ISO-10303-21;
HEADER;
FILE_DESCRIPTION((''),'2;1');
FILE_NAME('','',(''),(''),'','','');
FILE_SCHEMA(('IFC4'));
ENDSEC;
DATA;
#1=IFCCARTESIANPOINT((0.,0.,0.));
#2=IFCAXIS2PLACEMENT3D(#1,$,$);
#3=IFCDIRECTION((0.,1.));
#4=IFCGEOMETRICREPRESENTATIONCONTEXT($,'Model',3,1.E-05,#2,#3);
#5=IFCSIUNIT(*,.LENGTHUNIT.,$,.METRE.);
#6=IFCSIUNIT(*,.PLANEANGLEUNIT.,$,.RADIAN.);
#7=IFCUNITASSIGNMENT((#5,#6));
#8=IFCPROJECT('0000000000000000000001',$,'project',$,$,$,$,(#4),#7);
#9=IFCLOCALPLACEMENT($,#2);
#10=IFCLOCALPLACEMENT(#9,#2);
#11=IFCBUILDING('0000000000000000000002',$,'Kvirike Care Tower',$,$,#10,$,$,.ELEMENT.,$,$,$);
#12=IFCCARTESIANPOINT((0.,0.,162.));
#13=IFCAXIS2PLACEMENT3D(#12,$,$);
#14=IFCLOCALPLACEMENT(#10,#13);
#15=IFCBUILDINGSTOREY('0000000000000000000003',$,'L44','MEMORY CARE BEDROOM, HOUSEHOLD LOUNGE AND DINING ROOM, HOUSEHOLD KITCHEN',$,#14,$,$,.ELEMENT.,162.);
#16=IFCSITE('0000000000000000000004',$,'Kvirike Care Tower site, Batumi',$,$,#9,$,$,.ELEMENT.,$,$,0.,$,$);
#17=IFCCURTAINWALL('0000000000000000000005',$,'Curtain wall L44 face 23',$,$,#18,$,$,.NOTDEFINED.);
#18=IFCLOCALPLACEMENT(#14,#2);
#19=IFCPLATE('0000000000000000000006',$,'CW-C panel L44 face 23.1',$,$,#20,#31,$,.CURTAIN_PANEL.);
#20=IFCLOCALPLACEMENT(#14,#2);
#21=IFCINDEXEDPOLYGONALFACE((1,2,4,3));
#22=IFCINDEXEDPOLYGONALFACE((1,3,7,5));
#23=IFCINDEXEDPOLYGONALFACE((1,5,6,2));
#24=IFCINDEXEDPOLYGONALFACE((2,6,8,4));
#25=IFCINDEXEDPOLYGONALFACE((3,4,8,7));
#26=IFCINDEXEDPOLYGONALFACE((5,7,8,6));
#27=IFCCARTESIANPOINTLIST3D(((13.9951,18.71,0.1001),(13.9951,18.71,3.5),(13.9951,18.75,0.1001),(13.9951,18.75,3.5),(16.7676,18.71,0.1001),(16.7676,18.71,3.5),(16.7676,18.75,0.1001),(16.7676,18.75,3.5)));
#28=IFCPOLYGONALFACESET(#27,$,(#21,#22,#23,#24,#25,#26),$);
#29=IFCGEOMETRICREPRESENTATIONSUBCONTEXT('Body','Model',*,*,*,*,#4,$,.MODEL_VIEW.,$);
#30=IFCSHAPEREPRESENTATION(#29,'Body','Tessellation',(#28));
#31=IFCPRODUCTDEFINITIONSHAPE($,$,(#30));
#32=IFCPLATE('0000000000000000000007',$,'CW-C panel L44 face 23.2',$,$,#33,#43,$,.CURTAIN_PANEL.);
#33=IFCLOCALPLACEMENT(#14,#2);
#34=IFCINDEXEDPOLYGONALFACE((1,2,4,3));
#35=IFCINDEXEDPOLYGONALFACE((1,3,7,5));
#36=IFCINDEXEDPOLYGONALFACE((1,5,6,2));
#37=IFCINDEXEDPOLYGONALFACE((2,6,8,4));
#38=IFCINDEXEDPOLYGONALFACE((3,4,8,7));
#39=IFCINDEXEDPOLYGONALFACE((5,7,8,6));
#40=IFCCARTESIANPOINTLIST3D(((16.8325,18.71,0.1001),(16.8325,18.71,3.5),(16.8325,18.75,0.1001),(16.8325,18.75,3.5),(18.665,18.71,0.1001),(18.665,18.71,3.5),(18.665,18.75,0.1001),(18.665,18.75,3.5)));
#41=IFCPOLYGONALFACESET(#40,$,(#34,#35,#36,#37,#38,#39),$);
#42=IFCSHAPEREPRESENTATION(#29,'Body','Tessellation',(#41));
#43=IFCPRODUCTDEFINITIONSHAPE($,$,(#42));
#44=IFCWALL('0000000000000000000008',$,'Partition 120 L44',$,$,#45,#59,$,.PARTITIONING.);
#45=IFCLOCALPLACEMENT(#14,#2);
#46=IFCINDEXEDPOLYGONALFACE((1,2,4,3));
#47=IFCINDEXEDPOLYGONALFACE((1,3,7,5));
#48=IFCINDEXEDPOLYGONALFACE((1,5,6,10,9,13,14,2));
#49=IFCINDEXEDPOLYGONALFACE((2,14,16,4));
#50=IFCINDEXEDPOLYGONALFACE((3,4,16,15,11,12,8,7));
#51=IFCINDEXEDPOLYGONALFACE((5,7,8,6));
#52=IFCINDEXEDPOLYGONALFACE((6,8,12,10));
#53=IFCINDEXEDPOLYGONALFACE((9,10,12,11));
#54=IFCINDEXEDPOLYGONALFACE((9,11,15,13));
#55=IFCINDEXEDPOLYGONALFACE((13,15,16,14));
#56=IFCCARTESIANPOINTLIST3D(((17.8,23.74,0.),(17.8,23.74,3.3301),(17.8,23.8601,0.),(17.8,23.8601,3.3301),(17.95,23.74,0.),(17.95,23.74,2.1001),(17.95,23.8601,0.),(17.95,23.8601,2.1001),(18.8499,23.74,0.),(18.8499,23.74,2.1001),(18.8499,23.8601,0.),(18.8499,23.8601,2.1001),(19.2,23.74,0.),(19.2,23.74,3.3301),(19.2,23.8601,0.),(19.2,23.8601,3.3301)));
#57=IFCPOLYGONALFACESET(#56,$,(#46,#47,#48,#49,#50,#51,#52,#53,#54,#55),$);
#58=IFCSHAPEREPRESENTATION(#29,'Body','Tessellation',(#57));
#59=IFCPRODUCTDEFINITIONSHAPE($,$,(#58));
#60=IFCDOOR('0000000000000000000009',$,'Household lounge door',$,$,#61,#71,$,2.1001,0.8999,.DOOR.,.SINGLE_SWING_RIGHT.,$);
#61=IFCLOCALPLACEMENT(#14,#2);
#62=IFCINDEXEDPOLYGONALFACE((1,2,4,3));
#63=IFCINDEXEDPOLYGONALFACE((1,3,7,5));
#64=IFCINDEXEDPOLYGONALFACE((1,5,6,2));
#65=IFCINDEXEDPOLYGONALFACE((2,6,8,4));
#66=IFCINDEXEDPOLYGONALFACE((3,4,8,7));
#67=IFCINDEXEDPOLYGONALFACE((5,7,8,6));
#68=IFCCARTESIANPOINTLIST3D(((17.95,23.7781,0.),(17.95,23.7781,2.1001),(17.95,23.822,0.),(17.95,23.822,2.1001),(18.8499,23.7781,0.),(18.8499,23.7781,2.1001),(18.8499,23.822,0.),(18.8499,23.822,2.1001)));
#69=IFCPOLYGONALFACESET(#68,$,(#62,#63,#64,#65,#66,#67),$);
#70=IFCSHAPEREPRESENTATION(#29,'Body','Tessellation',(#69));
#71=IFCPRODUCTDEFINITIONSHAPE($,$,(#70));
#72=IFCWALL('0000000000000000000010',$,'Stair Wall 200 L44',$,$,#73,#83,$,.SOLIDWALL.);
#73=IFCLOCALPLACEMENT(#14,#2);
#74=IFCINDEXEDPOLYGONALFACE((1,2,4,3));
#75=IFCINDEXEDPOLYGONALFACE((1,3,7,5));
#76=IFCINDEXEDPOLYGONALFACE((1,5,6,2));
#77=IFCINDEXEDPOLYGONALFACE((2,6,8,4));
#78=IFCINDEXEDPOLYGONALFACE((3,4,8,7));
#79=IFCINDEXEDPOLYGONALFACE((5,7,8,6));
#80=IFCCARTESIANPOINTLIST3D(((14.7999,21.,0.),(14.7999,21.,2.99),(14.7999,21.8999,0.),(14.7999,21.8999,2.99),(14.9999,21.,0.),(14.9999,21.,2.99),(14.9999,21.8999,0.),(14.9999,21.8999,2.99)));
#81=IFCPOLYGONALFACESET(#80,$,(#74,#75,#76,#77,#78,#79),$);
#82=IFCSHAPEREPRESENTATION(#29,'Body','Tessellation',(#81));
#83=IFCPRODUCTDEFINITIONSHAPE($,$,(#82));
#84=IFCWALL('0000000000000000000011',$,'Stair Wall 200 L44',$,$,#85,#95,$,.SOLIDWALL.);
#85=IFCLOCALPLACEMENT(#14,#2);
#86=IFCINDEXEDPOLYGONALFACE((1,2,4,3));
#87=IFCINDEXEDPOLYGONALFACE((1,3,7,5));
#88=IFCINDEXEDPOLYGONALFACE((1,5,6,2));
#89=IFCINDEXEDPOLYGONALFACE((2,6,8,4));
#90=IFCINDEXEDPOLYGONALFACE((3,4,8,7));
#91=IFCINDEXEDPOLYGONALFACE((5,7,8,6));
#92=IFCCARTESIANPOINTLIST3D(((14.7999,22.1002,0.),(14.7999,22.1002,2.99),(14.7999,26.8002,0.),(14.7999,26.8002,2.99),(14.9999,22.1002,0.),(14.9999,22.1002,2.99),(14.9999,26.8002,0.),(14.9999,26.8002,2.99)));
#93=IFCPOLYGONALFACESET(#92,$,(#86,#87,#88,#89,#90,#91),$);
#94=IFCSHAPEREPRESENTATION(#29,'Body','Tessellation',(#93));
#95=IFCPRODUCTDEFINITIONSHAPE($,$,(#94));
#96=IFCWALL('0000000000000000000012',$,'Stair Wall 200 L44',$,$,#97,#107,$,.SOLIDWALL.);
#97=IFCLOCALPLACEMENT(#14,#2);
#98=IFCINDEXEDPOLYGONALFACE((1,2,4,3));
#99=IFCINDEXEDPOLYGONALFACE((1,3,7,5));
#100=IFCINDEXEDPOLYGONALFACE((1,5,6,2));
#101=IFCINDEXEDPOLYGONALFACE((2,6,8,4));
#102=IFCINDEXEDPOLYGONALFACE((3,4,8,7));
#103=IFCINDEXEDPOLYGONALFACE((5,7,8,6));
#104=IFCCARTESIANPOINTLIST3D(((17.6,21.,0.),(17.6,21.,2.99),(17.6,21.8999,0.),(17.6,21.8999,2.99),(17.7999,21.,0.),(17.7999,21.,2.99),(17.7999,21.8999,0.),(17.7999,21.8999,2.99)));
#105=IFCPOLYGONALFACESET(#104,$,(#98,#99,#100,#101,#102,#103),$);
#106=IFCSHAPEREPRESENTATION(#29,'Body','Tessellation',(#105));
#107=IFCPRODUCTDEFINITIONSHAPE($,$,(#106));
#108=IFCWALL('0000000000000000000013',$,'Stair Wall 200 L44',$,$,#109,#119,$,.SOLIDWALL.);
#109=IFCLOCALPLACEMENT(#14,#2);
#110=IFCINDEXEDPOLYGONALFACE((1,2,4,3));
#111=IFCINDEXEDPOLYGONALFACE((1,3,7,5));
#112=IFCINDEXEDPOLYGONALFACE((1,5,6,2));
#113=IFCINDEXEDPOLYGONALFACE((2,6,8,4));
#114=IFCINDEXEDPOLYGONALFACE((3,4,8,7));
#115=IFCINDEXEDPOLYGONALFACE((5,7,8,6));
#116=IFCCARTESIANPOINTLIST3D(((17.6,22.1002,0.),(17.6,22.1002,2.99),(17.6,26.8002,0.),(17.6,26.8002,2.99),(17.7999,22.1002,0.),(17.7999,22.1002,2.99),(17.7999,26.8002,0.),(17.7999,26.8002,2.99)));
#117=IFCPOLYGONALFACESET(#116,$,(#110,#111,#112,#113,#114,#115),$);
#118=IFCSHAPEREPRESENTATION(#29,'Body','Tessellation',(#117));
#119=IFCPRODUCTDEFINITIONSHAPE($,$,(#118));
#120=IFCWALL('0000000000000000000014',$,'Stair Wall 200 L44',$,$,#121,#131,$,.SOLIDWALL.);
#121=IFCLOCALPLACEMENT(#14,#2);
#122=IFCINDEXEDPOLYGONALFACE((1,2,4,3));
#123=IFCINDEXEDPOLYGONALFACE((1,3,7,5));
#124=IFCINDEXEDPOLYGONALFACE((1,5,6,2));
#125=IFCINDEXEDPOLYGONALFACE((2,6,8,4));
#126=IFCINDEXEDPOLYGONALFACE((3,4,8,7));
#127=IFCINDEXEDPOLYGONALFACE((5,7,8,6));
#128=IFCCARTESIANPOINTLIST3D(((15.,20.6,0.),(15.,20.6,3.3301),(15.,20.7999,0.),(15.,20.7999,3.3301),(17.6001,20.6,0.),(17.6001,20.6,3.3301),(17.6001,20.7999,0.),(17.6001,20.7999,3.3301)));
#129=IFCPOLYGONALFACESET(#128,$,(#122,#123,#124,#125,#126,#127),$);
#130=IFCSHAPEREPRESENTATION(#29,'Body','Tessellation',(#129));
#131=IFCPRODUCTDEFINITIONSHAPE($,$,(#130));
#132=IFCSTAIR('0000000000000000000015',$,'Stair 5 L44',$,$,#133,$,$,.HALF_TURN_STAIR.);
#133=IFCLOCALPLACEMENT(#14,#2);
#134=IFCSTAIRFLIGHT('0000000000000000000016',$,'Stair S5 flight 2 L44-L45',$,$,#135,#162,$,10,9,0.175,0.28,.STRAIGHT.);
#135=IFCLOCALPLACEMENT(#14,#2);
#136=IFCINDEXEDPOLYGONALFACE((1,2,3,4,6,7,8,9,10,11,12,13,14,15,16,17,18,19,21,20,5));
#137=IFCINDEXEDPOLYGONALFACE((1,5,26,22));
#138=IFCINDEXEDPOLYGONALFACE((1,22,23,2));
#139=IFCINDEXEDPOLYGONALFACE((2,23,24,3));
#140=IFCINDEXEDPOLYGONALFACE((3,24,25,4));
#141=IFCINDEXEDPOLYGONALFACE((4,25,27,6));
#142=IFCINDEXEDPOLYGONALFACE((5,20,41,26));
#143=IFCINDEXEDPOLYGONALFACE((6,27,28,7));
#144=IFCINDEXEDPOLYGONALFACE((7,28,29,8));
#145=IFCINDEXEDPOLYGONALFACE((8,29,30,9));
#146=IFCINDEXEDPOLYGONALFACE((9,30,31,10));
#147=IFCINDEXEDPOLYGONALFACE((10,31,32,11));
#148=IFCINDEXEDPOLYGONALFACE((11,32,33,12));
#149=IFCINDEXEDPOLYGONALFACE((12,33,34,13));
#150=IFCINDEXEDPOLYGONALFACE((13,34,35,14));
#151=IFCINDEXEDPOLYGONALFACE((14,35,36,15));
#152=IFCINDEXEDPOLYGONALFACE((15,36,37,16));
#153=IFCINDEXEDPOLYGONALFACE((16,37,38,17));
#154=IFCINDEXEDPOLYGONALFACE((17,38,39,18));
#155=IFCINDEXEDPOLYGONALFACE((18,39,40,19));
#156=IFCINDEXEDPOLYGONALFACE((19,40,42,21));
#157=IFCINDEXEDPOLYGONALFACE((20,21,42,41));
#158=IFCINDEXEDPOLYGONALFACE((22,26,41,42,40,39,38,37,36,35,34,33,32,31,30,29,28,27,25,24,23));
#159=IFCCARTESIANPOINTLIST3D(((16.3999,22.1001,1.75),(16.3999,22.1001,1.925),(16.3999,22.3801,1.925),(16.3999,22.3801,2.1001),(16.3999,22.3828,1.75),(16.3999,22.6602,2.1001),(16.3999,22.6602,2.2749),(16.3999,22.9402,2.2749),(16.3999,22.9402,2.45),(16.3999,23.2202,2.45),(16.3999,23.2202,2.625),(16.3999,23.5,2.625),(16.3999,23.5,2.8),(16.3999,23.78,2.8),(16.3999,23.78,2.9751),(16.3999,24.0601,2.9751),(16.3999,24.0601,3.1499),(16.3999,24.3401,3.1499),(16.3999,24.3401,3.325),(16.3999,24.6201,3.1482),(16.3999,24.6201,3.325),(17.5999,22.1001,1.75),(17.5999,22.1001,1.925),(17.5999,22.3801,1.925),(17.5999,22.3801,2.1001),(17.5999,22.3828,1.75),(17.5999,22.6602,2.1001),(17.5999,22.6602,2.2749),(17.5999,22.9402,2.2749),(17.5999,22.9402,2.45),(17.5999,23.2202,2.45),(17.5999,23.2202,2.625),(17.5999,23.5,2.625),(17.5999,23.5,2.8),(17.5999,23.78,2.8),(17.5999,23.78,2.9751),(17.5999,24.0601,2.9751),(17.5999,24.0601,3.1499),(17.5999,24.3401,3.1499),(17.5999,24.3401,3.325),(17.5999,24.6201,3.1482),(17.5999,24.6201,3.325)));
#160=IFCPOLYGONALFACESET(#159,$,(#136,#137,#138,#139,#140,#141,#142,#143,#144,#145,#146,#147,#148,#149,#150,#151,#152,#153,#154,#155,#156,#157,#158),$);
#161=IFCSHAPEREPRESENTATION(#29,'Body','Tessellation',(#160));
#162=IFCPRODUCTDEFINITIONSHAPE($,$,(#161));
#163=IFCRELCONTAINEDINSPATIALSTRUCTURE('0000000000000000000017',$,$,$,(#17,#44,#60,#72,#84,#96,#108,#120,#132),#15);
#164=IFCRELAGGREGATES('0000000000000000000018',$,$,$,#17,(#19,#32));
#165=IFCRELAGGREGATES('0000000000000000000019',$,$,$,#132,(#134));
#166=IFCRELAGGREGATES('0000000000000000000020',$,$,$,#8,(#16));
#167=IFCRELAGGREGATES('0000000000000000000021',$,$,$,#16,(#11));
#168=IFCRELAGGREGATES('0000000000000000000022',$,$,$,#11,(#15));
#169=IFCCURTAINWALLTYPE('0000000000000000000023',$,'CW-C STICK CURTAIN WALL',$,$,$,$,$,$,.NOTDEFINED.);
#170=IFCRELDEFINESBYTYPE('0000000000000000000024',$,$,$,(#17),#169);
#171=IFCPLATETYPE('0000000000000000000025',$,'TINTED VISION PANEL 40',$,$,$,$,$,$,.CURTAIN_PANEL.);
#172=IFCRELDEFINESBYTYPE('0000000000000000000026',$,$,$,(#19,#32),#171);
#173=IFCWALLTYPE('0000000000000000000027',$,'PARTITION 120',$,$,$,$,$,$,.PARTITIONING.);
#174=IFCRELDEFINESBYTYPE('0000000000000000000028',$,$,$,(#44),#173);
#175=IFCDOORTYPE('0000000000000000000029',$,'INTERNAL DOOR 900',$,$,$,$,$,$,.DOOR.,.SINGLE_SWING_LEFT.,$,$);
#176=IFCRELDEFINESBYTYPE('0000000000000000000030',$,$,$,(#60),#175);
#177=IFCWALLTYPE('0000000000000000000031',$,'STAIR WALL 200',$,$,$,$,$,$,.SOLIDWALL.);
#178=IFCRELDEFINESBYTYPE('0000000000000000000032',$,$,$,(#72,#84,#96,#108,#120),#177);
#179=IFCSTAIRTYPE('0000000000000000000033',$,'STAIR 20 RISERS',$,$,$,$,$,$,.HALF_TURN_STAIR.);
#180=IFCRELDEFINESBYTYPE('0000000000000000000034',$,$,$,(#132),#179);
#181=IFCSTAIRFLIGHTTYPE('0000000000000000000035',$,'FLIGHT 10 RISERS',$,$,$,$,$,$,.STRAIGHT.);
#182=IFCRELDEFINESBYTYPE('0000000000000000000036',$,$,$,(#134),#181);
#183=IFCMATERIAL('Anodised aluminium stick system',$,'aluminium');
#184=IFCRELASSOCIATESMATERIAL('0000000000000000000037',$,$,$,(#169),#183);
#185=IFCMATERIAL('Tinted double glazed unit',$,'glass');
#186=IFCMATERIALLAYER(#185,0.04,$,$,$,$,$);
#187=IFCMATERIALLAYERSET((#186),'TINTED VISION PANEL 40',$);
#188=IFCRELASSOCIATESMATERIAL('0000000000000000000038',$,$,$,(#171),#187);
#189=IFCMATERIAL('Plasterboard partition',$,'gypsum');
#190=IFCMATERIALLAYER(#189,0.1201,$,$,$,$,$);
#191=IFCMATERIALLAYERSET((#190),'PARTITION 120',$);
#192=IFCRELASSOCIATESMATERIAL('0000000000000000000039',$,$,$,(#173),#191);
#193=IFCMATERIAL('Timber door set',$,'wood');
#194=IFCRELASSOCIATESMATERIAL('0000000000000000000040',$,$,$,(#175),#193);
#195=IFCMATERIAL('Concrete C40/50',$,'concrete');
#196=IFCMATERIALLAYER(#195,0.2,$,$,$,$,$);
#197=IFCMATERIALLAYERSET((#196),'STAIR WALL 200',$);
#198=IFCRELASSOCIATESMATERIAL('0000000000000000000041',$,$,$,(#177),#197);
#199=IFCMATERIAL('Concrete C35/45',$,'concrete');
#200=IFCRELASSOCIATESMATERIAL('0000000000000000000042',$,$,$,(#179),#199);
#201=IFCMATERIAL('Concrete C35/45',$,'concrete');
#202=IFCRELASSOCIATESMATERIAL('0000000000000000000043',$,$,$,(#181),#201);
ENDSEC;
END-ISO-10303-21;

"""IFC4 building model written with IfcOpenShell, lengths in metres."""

from ifc_helpers import new_model, si_unit, direction, frame, frame_2d, origin, origin_2d, place, context, subcontext, project, spatial, polyline, rectangle, outline, extrude, material, layer, layer_set, type_object, element, fill, aggregate, save


model = new_model("IFC4")

# Units and contexts
model_context = context("Model", 3, precision=1e-05, world=origin(), true_north=direction((0.0, 1.0)))
body_context = subcontext(model_context, "Body", "Model", "MODEL_VIEW")
ifc_project = project(units=[si_unit("LENGTHUNIT", "METRE"), si_unit("PLANEANGLEUNIT", "RADIAN")], contexts=[model_context])

# Site, building, storey
site_placement = place(None, origin())
site = spatial("IfcSite", under=ifc_project, at=site_placement, Name="Kvirike Care Tower site, Batumi", CompositionType="ELEMENT", RefElevation=0.0)
building_placement = place(site_placement, origin())
building = spatial("IfcBuilding", under=site, at=building_placement, Name="Kvirike Care Tower", CompositionType="ELEMENT")
storey_placement = place(building_placement, frame((0.0, 0.0, 162.0)))
storey = spatial("IfcBuildingStorey", under=building, at=storey_placement, Name="L44", Description="MEMORY CARE BEDROOM, HOUSEHOLD LOUNGE AND DINING ROOM, HOUSEHOLD KITCHEN", CompositionType="ELEMENT", Elevation=162.0)

# Curtain wall
ifc_material_1 = material(Name="Anodised aluminium stick system", Category="aluminium")
curtain_wall_type = type_object("IfcCurtainWallType", Name="CW-C STICK CURTAIN WALL", PredefinedType="NOTDEFINED", material=ifc_material_1)
curtain_wall_1_placement = place(storey_placement, origin())
curtain_wall_1 = element("IfcCurtainWall", 1, at=curtain_wall_1_placement, inside=storey, type_object=curtain_wall_type, Name="Curtain wall L44 face 23", PredefinedType="NOTDEFINED")

# Plates
ifc_material_2 = material(Name="Tinted double glazed unit", Category="glass")
ifc_layer_1 = layer(ifc_material_2, 0.04)
ifc_layer_set_1 = layer_set([ifc_layer_1], Name="TINTED VISION PANEL 40")
plate_type = type_object("IfcPlateType", Name="TINTED VISION PANEL 40", PredefinedType="CURTAIN_PANEL", material=ifc_layer_set_1)
plate_1_placement = place(storey_placement, frame((15.3813, 18.73, 0.1001), z_axis=(0.0, 0.0, 1.0), x_axis=(1.0, 0.0, 0.0)))
plate_1 = element("IfcPlate", 2, at=plate_1_placement, type_object=plate_type, Name="CW-C panel L44 face 23.1", PredefinedType="CURTAIN_PANEL", context=body_context, shape_type="SweptSolid", body=[
    extrude(rectangle(XDim=2.7725, YDim=0.04, at=origin_2d()), origin(), (0.0, 0.0, 1.0), 3.3999),
])
plate_2_placement = place(storey_placement, frame((17.7488, 18.73, 0.1001), z_axis=(0.0, 0.0, 1.0), x_axis=(1.0, 0.0, 0.0)))
plate_2 = element("IfcPlate", 3, at=plate_2_placement, type_object=plate_type, Name="CW-C panel L44 face 23.2", PredefinedType="CURTAIN_PANEL", context=body_context, shape_type="SweptSolid", body=[
    extrude(rectangle(XDim=1.8325, YDim=0.04, at=origin_2d()), origin(), (0.0, 0.0, 1.0), 3.3999),
])
aggregate(curtain_wall_1, [plate_1, plate_2])

# Wall, opening, door
ifc_material_3 = material(Name="Plasterboard partition", Category="gypsum")
ifc_layer_2 = layer(ifc_material_3, 0.1201)
ifc_layer_set_2 = layer_set([ifc_layer_2], Name="PARTITION 120")
wall_type_1 = type_object("IfcWallType", Name="PARTITION 120", PredefinedType="PARTITIONING", material=ifc_layer_set_2)
wall_1_placement = place(storey_placement, frame((17.8, 23.8, 0.0), z_axis=(0.0, 0.0, 1.0), x_axis=(1.0, 0.0, 0.0)))
wall_1 = element("IfcWall", 4, at=wall_1_placement, inside=storey, type_object=wall_type_1, Name="Partition 120 L44", PredefinedType="PARTITIONING", context=body_context, shape_type="SweptSolid", body=[
    extrude(rectangle(XDim=1.3999, YDim=0.1201, at=frame_2d((0.7, 0.0))), origin(), (0.0, 0.0, 1.0), 3.3301),
])
opening_placement = place(wall_1_placement, frame((0.1499, 0.0, 0.0)))
opening = element("IfcOpeningElement", 5, at=opening_placement, cuts=wall_1, PredefinedType="OPENING", context=body_context, shape_type="SweptSolid", body=[
    extrude(rectangle(XDim=0.8999, YDim=2.1001, at=frame_2d((0.45, 1.05))), frame((0.0, 0.0706, 0.0), z_axis=(0.0, -1.0, 0.0), x_axis=(1.0, 0.0, 0.0)), (0.0, 0.0, 1.0), 0.1411),
])
ifc_material_4 = material(Name="Timber door set", Category="wood")
door_type = type_object("IfcDoorType", Name="INTERNAL DOOR 900", OperationType="SINGLE_SWING_LEFT", PredefinedType="DOOR", material=ifc_material_4)
door_placement = place(opening_placement, origin())
door = element("IfcDoor", 6, at=door_placement, inside=storey, type_object=door_type, Name="Household lounge door", OperationType="SINGLE_SWING_RIGHT", OverallHeight=2.1001, OverallWidth=0.8999, PredefinedType="DOOR", context=body_context, shape_type="SweptSolid", body=[
    extrude(rectangle(XDim=0.8999, YDim=2.1001, at=frame_2d((0.45, 1.05))), frame((0.0, 0.022, 0.0), z_axis=(0.0, -1.0, 0.0), x_axis=(1.0, 0.0, 0.0)), (0.0, 0.0, 1.0), 0.0439),
])
fill(opening, door)

# Walls
ifc_material_5 = material(Name="Concrete C40/50", Category="concrete")
ifc_layer_3 = layer(ifc_material_5, 0.2)
ifc_layer_set_3 = layer_set([ifc_layer_3], Name="STAIR WALL 200")
wall_type_2 = type_object("IfcWallType", Name="STAIR WALL 200", PredefinedType="SOLIDWALL", material=ifc_layer_set_3)
wall_2_placement = place(storey_placement, frame((14.8999, 21.0, 0.0), z_axis=(0.0, 0.0, 1.0), x_axis=(0.0, 1.0, 0.0)))
element("IfcWall", 7, at=wall_2_placement, inside=storey, type_object=wall_type_2, Name="Stair Wall 200 L44", PredefinedType="SOLIDWALL", context=body_context, shape_type="SweptSolid", body=[
    extrude(rectangle(XDim=0.8999, YDim=0.2, at=frame_2d((0.45, 0.0))), origin(), (0.0, 0.0, 1.0), 2.99),
])
wall_3_placement = place(storey_placement, frame((14.8999, 22.1001, 0.0), z_axis=(0.0, 0.0, 1.0), x_axis=(0.0, 1.0, 0.0)))
element("IfcWall", 8, at=wall_3_placement, inside=storey, type_object=wall_type_2, Name="Stair Wall 200 L44", PredefinedType="SOLIDWALL", context=body_context, shape_type="SweptSolid", body=[
    extrude(rectangle(XDim=4.7, YDim=0.2, at=frame_2d((2.3501, 0.0))), origin(), (0.0, 0.0, 1.0), 2.99),
])
wall_4_placement = place(storey_placement, frame((17.7, 21.0, 0.0), z_axis=(0.0, 0.0, 1.0), x_axis=(0.0, 1.0, 0.0)))
element("IfcWall", 9, at=wall_4_placement, inside=storey, type_object=wall_type_2, Name="Stair Wall 200 L44", PredefinedType="SOLIDWALL", context=body_context, shape_type="SweptSolid", body=[
    extrude(rectangle(XDim=0.8999, YDim=0.2, at=frame_2d((0.45, 0.0))), origin(), (0.0, 0.0, 1.0), 2.99),
])
wall_5_placement = place(storey_placement, frame((17.7, 22.1001, 0.0), z_axis=(0.0, 0.0, 1.0), x_axis=(0.0, 1.0, 0.0)))
element("IfcWall", 10, at=wall_5_placement, inside=storey, type_object=wall_type_2, Name="Stair Wall 200 L44", PredefinedType="SOLIDWALL", context=body_context, shape_type="SweptSolid", body=[
    extrude(rectangle(XDim=4.7, YDim=0.2, at=frame_2d((2.3501, 0.0))), origin(), (0.0, 0.0, 1.0), 2.99),
])
wall_6_placement = place(storey_placement, frame((15.0, 20.7, 0.0), z_axis=(0.0, 0.0, 1.0), x_axis=(1.0, 0.0, 0.0)))
element("IfcWall", 11, at=wall_6_placement, inside=storey, type_object=wall_type_2, Name="Stair Wall 200 L44", PredefinedType="SOLIDWALL", context=body_context, shape_type="SweptSolid", body=[
    extrude(rectangle(XDim=2.6001, YDim=0.2, at=frame_2d((1.3, 0.0))), origin(), (0.0, 0.0, 1.0), 3.3301),
])

# Stair, stair flight
ifc_material_6 = material(Name="Concrete C35/45", Category="concrete")
stair_type = type_object("IfcStairType", Name="STAIR 20 RISERS", PredefinedType="HALF_TURN_STAIR", material=ifc_material_6)
stair_placement = place(storey_placement, origin())
stair = element("IfcStair", 12, at=stair_placement, inside=storey, type_object=stair_type, Name="Stair 5 L44", PredefinedType="HALF_TURN_STAIR")
ifc_material_7 = material(Name="Concrete C35/45", Category="concrete")
stair_flight_type = type_object("IfcStairFlightType", Name="FLIGHT 10 RISERS", PredefinedType="STRAIGHT", material=ifc_material_7)
stair_flight_placement = place(storey_placement, frame((17.0, 22.1001, 1.75), z_axis=(0.0, 0.0, 1.0), x_axis=(0.0, 1.0, 0.0)))
stair_flight = element("IfcStairFlight", 13, at=stair_flight_placement, type_object=stair_flight_type, Name="Stair S5 flight 2 L44-L45", NumberOfRisers=10, NumberOfTreads=9, PredefinedType="STRAIGHT", RiserHeight=0.175, TreadLength=0.28, context=body_context, shape_type="SweptSolid", body=[
    extrude(outline(polyline([(0.0, 0.0), (0.0, 0.175), (0.28, 0.175), (0.28, 0.3501), (0.5601, 0.3501), (0.5601, 0.5249), (0.8401, 0.5249), (0.8401, 0.7), (1.1201, 0.7), (1.1201, 0.875), (1.3999, 0.875), (1.3999, 1.05), (1.6799, 1.05), (1.6799, 1.2251), (1.96, 1.2251), (1.96, 1.3999), (2.24, 1.3999), (2.24, 1.575), (2.52, 1.575), (2.52, 1.75), (2.52, 1.3982), (0.2827, 0.0), (0.0, 0.0)])), frame((0.0, 0.6001, 0.0), z_axis=(0.0, -1.0, 0.0), x_axis=(1.0, 0.0, 0.0)), (0.0, 0.0, 1.0), 1.2),
])
aggregate(stair, [stair_flight])

save(model, "model.ifc")
